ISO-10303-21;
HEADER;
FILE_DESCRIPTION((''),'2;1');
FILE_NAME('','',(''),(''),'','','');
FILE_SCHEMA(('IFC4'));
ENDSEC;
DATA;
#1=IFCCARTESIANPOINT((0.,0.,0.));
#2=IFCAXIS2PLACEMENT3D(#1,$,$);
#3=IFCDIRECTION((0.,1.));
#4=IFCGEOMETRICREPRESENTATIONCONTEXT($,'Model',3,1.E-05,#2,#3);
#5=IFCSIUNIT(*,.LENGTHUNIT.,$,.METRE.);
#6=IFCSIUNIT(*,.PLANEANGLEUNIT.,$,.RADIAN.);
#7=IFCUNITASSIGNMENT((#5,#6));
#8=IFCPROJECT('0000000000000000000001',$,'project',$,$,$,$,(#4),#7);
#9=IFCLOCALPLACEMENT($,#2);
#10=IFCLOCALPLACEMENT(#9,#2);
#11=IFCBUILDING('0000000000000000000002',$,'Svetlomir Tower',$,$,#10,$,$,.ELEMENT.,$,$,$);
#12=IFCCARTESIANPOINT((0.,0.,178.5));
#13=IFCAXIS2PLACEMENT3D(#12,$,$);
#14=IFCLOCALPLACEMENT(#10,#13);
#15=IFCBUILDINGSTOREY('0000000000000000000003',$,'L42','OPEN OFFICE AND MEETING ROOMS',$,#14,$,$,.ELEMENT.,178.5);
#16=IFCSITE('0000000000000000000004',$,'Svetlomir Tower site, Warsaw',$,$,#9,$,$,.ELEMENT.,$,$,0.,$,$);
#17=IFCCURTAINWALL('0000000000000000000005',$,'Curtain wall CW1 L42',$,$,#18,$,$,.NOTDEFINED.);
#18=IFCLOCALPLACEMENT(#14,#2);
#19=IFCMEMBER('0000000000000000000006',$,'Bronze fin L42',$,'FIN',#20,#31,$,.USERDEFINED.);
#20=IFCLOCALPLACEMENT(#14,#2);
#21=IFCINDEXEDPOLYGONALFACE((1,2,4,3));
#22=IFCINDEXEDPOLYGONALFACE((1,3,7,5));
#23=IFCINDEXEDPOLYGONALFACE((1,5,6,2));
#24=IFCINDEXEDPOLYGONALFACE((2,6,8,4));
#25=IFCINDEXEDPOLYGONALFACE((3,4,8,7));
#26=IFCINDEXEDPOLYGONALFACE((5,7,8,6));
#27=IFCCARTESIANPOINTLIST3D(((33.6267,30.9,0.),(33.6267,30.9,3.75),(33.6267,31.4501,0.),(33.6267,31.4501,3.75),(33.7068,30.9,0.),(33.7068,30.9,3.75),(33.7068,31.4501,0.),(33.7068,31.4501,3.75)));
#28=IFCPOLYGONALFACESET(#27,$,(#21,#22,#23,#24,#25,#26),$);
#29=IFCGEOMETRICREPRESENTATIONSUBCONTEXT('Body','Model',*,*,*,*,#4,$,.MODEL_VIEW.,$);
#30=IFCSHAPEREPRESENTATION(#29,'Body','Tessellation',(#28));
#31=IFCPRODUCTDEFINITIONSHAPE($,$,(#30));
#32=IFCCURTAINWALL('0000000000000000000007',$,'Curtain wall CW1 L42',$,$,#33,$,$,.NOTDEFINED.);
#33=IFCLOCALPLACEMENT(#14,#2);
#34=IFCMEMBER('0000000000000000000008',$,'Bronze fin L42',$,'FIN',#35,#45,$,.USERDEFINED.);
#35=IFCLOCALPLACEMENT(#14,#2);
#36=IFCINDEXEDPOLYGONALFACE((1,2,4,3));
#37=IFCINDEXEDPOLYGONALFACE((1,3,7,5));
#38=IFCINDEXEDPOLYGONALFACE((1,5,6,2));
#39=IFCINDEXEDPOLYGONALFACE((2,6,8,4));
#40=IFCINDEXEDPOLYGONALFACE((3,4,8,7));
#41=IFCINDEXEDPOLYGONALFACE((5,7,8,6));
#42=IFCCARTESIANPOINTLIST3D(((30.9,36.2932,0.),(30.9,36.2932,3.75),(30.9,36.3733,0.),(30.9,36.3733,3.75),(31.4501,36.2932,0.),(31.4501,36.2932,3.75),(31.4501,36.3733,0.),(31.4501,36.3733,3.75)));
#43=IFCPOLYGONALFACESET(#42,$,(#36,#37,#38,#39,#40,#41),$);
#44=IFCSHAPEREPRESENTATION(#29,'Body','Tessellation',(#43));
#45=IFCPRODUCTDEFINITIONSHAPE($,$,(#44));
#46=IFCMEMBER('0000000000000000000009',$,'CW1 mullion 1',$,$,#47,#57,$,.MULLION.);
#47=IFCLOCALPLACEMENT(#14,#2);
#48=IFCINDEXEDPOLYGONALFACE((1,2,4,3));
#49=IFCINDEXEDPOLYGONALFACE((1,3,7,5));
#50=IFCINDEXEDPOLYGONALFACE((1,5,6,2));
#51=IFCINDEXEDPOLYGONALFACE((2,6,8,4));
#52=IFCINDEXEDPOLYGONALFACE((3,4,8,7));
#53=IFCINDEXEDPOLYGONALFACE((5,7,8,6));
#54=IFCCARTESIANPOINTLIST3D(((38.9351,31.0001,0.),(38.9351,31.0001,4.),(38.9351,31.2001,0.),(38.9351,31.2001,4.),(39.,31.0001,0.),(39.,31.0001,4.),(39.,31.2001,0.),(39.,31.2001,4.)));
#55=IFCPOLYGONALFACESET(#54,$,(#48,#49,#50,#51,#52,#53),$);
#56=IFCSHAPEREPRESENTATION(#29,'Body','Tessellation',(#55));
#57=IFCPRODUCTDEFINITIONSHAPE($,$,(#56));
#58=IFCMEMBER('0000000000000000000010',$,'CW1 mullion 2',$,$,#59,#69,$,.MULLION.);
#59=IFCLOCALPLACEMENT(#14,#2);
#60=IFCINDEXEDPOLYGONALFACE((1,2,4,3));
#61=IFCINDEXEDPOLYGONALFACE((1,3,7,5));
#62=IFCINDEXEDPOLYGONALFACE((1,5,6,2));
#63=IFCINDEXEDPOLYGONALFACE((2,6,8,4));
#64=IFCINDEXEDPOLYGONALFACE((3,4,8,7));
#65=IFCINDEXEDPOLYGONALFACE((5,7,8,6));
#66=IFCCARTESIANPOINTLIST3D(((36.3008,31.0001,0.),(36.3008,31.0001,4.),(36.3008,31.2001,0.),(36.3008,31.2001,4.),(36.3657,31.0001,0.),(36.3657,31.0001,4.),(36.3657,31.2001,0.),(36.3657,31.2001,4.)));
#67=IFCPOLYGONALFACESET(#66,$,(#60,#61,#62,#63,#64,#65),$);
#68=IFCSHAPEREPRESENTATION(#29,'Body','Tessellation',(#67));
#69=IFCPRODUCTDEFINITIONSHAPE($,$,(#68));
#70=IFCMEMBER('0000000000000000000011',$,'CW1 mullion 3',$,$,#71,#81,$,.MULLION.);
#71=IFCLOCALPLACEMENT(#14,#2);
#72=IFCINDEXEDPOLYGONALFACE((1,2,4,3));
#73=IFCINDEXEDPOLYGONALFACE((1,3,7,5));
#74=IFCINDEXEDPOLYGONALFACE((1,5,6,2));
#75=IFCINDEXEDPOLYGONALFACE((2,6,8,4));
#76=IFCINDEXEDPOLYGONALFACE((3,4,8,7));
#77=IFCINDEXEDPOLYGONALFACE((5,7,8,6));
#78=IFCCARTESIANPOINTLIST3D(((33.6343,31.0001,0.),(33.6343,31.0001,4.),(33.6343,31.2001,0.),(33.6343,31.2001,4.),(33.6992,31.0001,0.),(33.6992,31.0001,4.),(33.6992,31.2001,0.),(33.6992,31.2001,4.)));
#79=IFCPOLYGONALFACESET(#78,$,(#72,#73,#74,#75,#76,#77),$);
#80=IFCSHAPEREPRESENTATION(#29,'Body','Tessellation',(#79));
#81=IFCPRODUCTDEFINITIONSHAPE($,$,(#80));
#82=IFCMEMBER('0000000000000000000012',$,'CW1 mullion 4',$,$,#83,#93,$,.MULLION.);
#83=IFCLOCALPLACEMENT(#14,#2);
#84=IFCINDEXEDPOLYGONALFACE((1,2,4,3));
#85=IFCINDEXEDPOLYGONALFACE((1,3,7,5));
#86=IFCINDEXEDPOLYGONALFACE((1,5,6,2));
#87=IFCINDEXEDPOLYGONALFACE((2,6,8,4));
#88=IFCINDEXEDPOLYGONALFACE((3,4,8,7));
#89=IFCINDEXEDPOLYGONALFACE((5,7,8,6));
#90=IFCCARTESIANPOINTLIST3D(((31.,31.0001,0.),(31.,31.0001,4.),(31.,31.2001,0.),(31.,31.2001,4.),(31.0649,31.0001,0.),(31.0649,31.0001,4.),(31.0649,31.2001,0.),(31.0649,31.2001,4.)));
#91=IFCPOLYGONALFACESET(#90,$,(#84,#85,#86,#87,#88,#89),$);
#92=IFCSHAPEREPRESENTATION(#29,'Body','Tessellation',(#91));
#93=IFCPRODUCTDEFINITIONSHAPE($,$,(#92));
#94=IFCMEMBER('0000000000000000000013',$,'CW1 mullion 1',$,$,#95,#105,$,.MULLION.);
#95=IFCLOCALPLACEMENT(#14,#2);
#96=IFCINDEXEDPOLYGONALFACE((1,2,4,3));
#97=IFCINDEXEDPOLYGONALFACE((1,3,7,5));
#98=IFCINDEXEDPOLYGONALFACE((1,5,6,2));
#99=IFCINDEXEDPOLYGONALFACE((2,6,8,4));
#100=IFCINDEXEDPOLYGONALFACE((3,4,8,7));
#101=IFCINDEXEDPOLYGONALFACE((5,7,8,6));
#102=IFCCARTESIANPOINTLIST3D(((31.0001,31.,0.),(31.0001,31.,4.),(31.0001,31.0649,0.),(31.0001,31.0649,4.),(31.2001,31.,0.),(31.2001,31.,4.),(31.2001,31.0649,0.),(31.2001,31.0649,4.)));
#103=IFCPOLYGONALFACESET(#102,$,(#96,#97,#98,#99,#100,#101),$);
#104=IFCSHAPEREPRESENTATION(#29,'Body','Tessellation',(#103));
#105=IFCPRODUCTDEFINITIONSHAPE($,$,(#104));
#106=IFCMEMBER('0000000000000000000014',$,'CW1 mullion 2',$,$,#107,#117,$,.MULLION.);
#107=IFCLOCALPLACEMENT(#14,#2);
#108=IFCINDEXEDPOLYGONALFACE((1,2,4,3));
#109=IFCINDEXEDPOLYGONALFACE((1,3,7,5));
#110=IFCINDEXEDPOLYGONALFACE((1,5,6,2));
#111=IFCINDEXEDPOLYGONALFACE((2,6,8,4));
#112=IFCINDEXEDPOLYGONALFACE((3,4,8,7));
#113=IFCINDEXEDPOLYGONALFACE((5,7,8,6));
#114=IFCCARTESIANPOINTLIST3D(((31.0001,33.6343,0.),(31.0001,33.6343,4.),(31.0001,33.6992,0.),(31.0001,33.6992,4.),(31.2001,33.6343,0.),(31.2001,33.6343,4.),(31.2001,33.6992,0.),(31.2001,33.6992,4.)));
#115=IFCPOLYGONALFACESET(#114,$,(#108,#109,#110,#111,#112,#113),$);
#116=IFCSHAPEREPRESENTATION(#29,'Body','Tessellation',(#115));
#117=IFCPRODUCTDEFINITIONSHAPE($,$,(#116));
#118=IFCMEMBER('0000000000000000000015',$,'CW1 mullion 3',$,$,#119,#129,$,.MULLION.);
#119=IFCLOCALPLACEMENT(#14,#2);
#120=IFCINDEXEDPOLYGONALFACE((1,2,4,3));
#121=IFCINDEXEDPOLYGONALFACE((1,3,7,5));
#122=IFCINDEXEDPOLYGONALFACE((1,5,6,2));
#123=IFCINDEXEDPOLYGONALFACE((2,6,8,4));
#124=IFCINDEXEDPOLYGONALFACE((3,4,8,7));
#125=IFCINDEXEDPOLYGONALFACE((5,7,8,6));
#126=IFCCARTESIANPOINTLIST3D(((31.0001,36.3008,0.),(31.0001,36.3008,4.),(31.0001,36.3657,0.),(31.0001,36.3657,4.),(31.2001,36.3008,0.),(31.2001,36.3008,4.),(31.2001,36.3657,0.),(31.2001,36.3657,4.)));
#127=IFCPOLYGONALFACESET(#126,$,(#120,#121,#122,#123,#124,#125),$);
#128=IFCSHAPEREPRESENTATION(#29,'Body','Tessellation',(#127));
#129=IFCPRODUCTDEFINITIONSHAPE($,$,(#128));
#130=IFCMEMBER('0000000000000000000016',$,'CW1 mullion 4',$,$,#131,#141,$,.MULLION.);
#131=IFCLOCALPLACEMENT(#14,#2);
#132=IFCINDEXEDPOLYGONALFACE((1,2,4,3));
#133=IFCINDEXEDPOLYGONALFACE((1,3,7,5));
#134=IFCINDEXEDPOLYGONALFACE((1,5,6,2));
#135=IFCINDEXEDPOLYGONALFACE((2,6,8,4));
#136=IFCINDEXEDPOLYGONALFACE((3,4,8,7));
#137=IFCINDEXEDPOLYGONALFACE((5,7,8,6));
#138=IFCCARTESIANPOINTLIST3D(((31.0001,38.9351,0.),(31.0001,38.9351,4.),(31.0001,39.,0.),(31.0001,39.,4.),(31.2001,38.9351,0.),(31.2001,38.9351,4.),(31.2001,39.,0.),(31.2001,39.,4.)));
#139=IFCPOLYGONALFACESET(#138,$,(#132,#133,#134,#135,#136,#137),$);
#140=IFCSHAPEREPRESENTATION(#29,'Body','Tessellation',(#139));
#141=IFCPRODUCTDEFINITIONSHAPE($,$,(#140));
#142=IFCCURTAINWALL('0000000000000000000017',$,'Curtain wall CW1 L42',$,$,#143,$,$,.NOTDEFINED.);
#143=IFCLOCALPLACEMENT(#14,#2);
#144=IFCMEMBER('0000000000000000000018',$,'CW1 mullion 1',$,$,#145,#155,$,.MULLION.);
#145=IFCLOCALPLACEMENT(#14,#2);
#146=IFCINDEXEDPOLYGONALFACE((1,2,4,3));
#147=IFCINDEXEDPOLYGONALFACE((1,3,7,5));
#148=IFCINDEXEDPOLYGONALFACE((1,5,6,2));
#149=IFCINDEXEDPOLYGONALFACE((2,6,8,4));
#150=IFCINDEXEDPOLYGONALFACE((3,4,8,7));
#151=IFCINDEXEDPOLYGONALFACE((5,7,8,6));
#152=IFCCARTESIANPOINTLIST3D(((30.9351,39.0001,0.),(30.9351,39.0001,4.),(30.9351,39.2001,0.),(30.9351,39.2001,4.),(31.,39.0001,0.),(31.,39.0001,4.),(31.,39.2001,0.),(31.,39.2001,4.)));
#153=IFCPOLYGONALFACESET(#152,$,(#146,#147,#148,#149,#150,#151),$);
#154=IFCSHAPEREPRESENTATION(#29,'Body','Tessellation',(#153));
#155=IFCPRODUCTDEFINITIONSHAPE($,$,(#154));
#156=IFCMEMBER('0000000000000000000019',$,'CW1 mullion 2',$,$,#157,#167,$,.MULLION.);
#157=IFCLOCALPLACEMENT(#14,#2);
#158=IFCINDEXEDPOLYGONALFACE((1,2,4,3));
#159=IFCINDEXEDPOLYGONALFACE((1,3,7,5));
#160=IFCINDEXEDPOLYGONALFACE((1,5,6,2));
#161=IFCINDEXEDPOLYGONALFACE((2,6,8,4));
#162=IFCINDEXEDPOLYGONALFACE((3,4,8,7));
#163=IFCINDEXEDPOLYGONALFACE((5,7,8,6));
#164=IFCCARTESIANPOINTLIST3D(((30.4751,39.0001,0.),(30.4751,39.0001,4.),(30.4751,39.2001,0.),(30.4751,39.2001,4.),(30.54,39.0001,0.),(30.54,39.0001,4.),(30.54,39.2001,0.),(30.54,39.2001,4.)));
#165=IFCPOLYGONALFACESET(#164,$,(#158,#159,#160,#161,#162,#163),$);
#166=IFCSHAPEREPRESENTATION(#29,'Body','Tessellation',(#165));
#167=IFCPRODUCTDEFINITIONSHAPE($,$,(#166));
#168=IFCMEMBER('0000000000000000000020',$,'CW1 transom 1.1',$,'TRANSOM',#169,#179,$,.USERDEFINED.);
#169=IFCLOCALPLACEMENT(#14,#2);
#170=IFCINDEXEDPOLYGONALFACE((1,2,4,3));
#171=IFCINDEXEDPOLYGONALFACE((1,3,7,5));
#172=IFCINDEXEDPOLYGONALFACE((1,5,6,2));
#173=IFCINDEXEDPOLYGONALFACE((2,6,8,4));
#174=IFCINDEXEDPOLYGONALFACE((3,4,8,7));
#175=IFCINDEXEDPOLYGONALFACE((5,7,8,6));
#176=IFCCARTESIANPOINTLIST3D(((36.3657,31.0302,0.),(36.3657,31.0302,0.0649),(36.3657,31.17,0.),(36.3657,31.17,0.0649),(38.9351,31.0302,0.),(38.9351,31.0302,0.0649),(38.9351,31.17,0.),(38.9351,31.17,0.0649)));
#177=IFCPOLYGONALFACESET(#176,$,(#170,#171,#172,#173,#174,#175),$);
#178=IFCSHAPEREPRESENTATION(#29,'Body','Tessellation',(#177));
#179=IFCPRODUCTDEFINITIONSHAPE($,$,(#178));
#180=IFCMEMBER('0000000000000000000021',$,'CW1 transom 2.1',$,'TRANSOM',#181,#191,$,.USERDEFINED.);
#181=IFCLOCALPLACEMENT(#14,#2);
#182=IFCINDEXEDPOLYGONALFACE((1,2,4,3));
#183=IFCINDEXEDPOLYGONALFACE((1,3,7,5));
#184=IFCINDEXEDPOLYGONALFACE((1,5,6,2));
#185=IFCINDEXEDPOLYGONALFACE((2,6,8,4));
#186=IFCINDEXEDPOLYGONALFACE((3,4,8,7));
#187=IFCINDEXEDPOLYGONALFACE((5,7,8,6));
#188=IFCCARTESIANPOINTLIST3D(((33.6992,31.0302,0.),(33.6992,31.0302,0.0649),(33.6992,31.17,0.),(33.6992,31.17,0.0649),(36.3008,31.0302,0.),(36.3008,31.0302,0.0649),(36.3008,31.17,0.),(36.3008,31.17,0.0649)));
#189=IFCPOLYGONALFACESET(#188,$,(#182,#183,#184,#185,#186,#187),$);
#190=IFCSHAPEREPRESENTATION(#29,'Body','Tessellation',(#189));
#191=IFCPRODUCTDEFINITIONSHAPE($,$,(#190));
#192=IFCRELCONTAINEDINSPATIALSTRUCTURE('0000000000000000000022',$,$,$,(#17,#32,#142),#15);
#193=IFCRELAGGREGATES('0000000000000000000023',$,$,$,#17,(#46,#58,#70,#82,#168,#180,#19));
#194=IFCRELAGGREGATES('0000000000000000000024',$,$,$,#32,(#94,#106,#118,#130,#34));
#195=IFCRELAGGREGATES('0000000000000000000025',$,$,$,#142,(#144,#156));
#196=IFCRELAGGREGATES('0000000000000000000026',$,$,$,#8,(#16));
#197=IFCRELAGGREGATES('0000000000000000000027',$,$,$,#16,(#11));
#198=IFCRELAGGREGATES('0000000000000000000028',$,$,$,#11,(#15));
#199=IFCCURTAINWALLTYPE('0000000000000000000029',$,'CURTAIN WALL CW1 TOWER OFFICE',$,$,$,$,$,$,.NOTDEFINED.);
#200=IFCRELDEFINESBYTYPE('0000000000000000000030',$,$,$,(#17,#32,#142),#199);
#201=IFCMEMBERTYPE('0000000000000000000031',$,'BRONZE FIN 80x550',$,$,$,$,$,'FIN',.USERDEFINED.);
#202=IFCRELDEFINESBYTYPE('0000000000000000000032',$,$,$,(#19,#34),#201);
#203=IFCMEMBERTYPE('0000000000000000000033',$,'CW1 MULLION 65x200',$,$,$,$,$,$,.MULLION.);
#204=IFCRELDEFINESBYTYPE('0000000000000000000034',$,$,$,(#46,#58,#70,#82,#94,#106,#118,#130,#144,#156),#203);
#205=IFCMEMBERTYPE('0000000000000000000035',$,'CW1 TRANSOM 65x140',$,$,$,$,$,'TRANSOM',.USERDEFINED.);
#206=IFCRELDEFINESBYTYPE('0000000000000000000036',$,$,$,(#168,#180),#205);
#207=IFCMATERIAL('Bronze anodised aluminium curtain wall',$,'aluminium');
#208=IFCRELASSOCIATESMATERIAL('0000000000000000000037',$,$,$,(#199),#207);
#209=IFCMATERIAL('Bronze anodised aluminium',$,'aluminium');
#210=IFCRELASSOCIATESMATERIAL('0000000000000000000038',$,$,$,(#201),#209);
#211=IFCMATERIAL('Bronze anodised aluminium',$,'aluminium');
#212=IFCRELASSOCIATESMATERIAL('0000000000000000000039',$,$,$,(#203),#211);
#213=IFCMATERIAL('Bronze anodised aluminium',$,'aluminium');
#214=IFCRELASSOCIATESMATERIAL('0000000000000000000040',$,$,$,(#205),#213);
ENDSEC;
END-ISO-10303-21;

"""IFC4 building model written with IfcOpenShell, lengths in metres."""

from ifc_helpers import new_model, si_unit, direction, frame, origin, origin_2d, place, context, subcontext, project, spatial, rectangle, extrude, material, material_profile, profile_set, type_object, element, aggregate, save


model = new_model("IFC4")

# Units and contexts
model_context = context("Model", 3, precision=1e-05, world=origin(), true_north=direction((0.0, 1.0)))
body_context = subcontext(model_context, "Body", "Model", "MODEL_VIEW")
ifc_project = project(units=[si_unit("LENGTHUNIT", "METRE"), si_unit("PLANEANGLEUNIT", "RADIAN")], contexts=[model_context])

# Site, building, storey
site_placement = place(None, origin())
site = spatial("IfcSite", under=ifc_project, at=site_placement, Name="Svetlomir Tower site, Warsaw", CompositionType="ELEMENT", RefElevation=0.0)
building_placement = place(site_placement, origin())
building = spatial("IfcBuilding", under=site, at=building_placement, Name="Svetlomir Tower", CompositionType="ELEMENT")
storey_placement = place(building_placement, frame((0.0, 0.0, 178.5)))
storey = spatial("IfcBuildingStorey", under=building, at=storey_placement, Name="L42", Description="OPEN OFFICE AND MEETING ROOMS", CompositionType="ELEMENT", Elevation=178.5)

# Curtain walls, members
ifc_material_1 = material(Name="Bronze anodised aluminium curtain wall", Category="aluminium")
curtain_wall_type = type_object("IfcCurtainWallType", Name="CURTAIN WALL CW1 TOWER OFFICE", PredefinedType="NOTDEFINED", material=ifc_material_1)
curtain_wall_1_placement = place(storey_placement, origin())
curtain_wall_1 = element("IfcCurtainWall", 1, at=curtain_wall_1_placement, inside=storey, type_object=curtain_wall_type, Name="Curtain wall CW1 L42", PredefinedType="NOTDEFINED")
ifc_material_2 = material(Name="Bronze anodised aluminium", Category="aluminium")
ifc_material_profile_1 = material_profile(ifc_material_2, rectangle(XDim=0.0801, YDim=0.55, at=origin_2d()), Name="FIN 80x550")
ifc_profile_set_1 = profile_set([ifc_material_profile_1], Name="Bronze anodised aluminium 6063-T6")
member_type_1 = type_object("IfcMemberType", Name="BRONZE FIN 80x550", ElementType="FIN", PredefinedType="USERDEFINED", material=ifc_profile_set_1)
member_1_placement = place(storey_placement, frame((33.6667, 31.175, 0.0), z_axis=(0.0, 0.0, 1.0), x_axis=(1.0, 0.0, 0.0)))
member_1 = element("IfcMember", 2, at=member_1_placement, type_object=member_type_1, Name="Bronze fin L42", ObjectType="FIN", PredefinedType="USERDEFINED", context=body_context, shape_type="SweptSolid", body=[
    extrude(rectangle(XDim=0.0801, YDim=0.55, at=origin_2d()), origin(), (0.0, 0.0, 1.0), 3.75),
])
curtain_wall_2_placement = place(storey_placement, origin())
curtain_wall_2 = element("IfcCurtainWall", 3, at=curtain_wall_2_placement, inside=storey, type_object=curtain_wall_type, Name="Curtain wall CW1 L42", PredefinedType="NOTDEFINED")
member_2_placement = place(storey_placement, frame((31.175, 36.3333, 0.0), z_axis=(0.0, 0.0, 1.0), x_axis=(0.0, 1.0, 0.0)))
member_2 = element("IfcMember", 4, at=member_2_placement, type_object=member_type_1, Name="Bronze fin L42", ObjectType="FIN", PredefinedType="USERDEFINED", context=body_context, shape_type="SweptSolid", body=[
    extrude(rectangle(XDim=0.0801, YDim=0.55, at=origin_2d()), origin(), (0.0, 0.0, 1.0), 3.75),
])

# Members
ifc_material_3 = material(Name="Bronze anodised aluminium", Category="aluminium")
ifc_material_profile_2 = material_profile(ifc_material_3, rectangle(XDim=0.0649, YDim=0.2, at=origin_2d()), Name="AL 65x200")
ifc_profile_set_2 = profile_set([ifc_material_profile_2], Name="Bronze anodised aluminium 6063-T6")
member_type_2 = type_object("IfcMemberType", Name="CW1 MULLION 65x200", PredefinedType="MULLION", material=ifc_profile_set_2)
member_3_placement = place(storey_placement, frame((38.9675, 31.1001, 0.0), z_axis=(0.0, 0.0, 1.0), x_axis=(-1.0, 0.0, 0.0)))
member_3 = element("IfcMember", 5, at=member_3_placement, type_object=member_type_2, Name="CW1 mullion 1", PredefinedType="MULLION", context=body_context, shape_type="SweptSolid", body=[
    extrude(rectangle(XDim=0.0649, YDim=0.2, at=origin_2d()), origin(), (0.0, 0.0, 1.0), 4.0),
])
member_4_placement = place(storey_placement, frame((36.3333, 31.1001, 0.0), z_axis=(0.0, 0.0, 1.0), x_axis=(-1.0, 0.0, 0.0)))
member_4 = element("IfcMember", 6, at=member_4_placement, type_object=member_type_2, Name="CW1 mullion 2", PredefinedType="MULLION", context=body_context, shape_type="SweptSolid", body=[
    extrude(rectangle(XDim=0.0649, YDim=0.2, at=origin_2d()), origin(), (0.0, 0.0, 1.0), 4.0),
])
member_5_placement = place(storey_placement, frame((33.6667, 31.1001, 0.0), z_axis=(0.0, 0.0, 1.0), x_axis=(-1.0, 0.0, 0.0)))
member_5 = element("IfcMember", 7, at=member_5_placement, type_object=member_type_2, Name="CW1 mullion 3", PredefinedType="MULLION", context=body_context, shape_type="SweptSolid", body=[
    extrude(rectangle(XDim=0.0649, YDim=0.2, at=origin_2d()), origin(), (0.0, 0.0, 1.0), 4.0),
])
member_6_placement = place(storey_placement, frame((31.0325, 31.1001, 0.0), z_axis=(0.0, 0.0, 1.0), x_axis=(-1.0, 0.0, 0.0)))
member_6 = element("IfcMember", 8, at=member_6_placement, type_object=member_type_2, Name="CW1 mullion 4", PredefinedType="MULLION", context=body_context, shape_type="SweptSolid", body=[
    extrude(rectangle(XDim=0.0649, YDim=0.2, at=origin_2d()), origin(), (0.0, 0.0, 1.0), 4.0),
])
member_7_placement = place(storey_placement, frame((31.1001, 31.0325, 0.0), z_axis=(0.0, 0.0, 1.0), x_axis=(0.0, 1.0, 0.0)))
member_7 = element("IfcMember", 9, at=member_7_placement, type_object=member_type_2, Name="CW1 mullion 1", PredefinedType="MULLION", context=body_context, shape_type="SweptSolid", body=[
    extrude(rectangle(XDim=0.0649, YDim=0.2, at=origin_2d()), origin(), (0.0, 0.0, 1.0), 4.0),
])
member_8_placement = place(storey_placement, frame((31.1001, 33.6667, 0.0), z_axis=(0.0, 0.0, 1.0), x_axis=(0.0, 1.0, 0.0)))
member_8 = element("IfcMember", 10, at=member_8_placement, type_object=member_type_2, Name="CW1 mullion 2", PredefinedType="MULLION", context=body_context, shape_type="SweptSolid", body=[
    extrude(rectangle(XDim=0.0649, YDim=0.2, at=origin_2d()), origin(), (0.0, 0.0, 1.0), 4.0),
])
member_9_placement = place(storey_placement, frame((31.1001, 36.3333, 0.0), z_axis=(0.0, 0.0, 1.0), x_axis=(0.0, 1.0, 0.0)))
member_9 = element("IfcMember", 11, at=member_9_placement, type_object=member_type_2, Name="CW1 mullion 3", PredefinedType="MULLION", context=body_context, shape_type="SweptSolid", body=[
    extrude(rectangle(XDim=0.0649, YDim=0.2, at=origin_2d()), origin(), (0.0, 0.0, 1.0), 4.0),
])
member_10_placement = place(storey_placement, frame((31.1001, 38.9675, 0.0), z_axis=(0.0, 0.0, 1.0), x_axis=(0.0, 1.0, 0.0)))
member_10 = element("IfcMember", 12, at=member_10_placement, type_object=member_type_2, Name="CW1 mullion 4", PredefinedType="MULLION", context=body_context, shape_type="SweptSolid", body=[
    extrude(rectangle(XDim=0.0649, YDim=0.2, at=origin_2d()), origin(), (0.0, 0.0, 1.0), 4.0),
])

# Curtain wall, members
curtain_wall_3_placement = place(storey_placement, origin())
curtain_wall_3 = element("IfcCurtainWall", 13, at=curtain_wall_3_placement, inside=storey, type_object=curtain_wall_type, Name="Curtain wall CW1 L42", PredefinedType="NOTDEFINED")
member_11_placement = place(storey_placement, frame((30.9675, 39.1001, 0.0), z_axis=(0.0, 0.0, 1.0), x_axis=(-1.0, 0.0, 0.0)))
member_11 = element("IfcMember", 14, at=member_11_placement, type_object=member_type_2, Name="CW1 mullion 1", PredefinedType="MULLION", context=body_context, shape_type="SweptSolid", body=[
    extrude(rectangle(XDim=0.0649, YDim=0.2, at=origin_2d()), origin(), (0.0, 0.0, 1.0), 4.0),
])
member_12_placement = place(storey_placement, frame((30.5076, 39.1001, 0.0), z_axis=(0.0, 0.0, 1.0), x_axis=(-1.0, 0.0, 0.0)))
member_12 = element("IfcMember", 15, at=member_12_placement, type_object=member_type_2, Name="CW1 mullion 2", PredefinedType="MULLION", context=body_context, shape_type="SweptSolid", body=[
    extrude(rectangle(XDim=0.0649, YDim=0.2, at=origin_2d()), origin(), (0.0, 0.0, 1.0), 4.0),
])

# Members
ifc_material_4 = material(Name="Bronze anodised aluminium", Category="aluminium")
ifc_material_profile_3 = material_profile(ifc_material_4, rectangle(XDim=0.1399, YDim=0.0649, at=origin_2d()), Name="AL 140x65")
ifc_profile_set_3 = profile_set([ifc_material_profile_3], Name="Bronze anodised aluminium 6063-T6")
member_type_3 = type_object("IfcMemberType", Name="CW1 TRANSOM 65x140", ElementType="TRANSOM", PredefinedType="USERDEFINED", material=ifc_profile_set_3)
member_13_placement = place(storey_placement, frame((38.9351, 31.1001, 0.0325), z_axis=(-1.0, 0.0, 0.0), x_axis=(0.0, -1.0, 0.0)))
member_13 = element("IfcMember", 16, at=member_13_placement, type_object=member_type_3, Name="CW1 transom 1.1", ObjectType="TRANSOM", PredefinedType="USERDEFINED", context=body_context, shape_type="SweptSolid", body=[
    extrude(rectangle(XDim=0.1399, YDim=0.0649, at=origin_2d()), origin(), (0.0, 0.0, 1.0), 2.5693),
])
member_14_placement = place(storey_placement, frame((36.3008, 31.1001, 0.0325), z_axis=(-1.0, 0.0, 0.0), x_axis=(0.0, -1.0, 0.0)))
member_14 = element("IfcMember", 17, at=member_14_placement, type_object=member_type_3, Name="CW1 transom 2.1", ObjectType="TRANSOM", PredefinedType="USERDEFINED", context=body_context, shape_type="SweptSolid", body=[
    extrude(rectangle(XDim=0.1399, YDim=0.0649, at=origin_2d()), origin(), (0.0, 0.0, 1.0), 2.6016),
])

aggregate(curtain_wall_1, [member_3, member_4, member_5, member_6, member_13, member_14, member_1])
aggregate(curtain_wall_2, [member_7, member_8, member_9, member_10, member_2])
aggregate(curtain_wall_3, [member_11, member_12])

save(model, "model.ifc")
